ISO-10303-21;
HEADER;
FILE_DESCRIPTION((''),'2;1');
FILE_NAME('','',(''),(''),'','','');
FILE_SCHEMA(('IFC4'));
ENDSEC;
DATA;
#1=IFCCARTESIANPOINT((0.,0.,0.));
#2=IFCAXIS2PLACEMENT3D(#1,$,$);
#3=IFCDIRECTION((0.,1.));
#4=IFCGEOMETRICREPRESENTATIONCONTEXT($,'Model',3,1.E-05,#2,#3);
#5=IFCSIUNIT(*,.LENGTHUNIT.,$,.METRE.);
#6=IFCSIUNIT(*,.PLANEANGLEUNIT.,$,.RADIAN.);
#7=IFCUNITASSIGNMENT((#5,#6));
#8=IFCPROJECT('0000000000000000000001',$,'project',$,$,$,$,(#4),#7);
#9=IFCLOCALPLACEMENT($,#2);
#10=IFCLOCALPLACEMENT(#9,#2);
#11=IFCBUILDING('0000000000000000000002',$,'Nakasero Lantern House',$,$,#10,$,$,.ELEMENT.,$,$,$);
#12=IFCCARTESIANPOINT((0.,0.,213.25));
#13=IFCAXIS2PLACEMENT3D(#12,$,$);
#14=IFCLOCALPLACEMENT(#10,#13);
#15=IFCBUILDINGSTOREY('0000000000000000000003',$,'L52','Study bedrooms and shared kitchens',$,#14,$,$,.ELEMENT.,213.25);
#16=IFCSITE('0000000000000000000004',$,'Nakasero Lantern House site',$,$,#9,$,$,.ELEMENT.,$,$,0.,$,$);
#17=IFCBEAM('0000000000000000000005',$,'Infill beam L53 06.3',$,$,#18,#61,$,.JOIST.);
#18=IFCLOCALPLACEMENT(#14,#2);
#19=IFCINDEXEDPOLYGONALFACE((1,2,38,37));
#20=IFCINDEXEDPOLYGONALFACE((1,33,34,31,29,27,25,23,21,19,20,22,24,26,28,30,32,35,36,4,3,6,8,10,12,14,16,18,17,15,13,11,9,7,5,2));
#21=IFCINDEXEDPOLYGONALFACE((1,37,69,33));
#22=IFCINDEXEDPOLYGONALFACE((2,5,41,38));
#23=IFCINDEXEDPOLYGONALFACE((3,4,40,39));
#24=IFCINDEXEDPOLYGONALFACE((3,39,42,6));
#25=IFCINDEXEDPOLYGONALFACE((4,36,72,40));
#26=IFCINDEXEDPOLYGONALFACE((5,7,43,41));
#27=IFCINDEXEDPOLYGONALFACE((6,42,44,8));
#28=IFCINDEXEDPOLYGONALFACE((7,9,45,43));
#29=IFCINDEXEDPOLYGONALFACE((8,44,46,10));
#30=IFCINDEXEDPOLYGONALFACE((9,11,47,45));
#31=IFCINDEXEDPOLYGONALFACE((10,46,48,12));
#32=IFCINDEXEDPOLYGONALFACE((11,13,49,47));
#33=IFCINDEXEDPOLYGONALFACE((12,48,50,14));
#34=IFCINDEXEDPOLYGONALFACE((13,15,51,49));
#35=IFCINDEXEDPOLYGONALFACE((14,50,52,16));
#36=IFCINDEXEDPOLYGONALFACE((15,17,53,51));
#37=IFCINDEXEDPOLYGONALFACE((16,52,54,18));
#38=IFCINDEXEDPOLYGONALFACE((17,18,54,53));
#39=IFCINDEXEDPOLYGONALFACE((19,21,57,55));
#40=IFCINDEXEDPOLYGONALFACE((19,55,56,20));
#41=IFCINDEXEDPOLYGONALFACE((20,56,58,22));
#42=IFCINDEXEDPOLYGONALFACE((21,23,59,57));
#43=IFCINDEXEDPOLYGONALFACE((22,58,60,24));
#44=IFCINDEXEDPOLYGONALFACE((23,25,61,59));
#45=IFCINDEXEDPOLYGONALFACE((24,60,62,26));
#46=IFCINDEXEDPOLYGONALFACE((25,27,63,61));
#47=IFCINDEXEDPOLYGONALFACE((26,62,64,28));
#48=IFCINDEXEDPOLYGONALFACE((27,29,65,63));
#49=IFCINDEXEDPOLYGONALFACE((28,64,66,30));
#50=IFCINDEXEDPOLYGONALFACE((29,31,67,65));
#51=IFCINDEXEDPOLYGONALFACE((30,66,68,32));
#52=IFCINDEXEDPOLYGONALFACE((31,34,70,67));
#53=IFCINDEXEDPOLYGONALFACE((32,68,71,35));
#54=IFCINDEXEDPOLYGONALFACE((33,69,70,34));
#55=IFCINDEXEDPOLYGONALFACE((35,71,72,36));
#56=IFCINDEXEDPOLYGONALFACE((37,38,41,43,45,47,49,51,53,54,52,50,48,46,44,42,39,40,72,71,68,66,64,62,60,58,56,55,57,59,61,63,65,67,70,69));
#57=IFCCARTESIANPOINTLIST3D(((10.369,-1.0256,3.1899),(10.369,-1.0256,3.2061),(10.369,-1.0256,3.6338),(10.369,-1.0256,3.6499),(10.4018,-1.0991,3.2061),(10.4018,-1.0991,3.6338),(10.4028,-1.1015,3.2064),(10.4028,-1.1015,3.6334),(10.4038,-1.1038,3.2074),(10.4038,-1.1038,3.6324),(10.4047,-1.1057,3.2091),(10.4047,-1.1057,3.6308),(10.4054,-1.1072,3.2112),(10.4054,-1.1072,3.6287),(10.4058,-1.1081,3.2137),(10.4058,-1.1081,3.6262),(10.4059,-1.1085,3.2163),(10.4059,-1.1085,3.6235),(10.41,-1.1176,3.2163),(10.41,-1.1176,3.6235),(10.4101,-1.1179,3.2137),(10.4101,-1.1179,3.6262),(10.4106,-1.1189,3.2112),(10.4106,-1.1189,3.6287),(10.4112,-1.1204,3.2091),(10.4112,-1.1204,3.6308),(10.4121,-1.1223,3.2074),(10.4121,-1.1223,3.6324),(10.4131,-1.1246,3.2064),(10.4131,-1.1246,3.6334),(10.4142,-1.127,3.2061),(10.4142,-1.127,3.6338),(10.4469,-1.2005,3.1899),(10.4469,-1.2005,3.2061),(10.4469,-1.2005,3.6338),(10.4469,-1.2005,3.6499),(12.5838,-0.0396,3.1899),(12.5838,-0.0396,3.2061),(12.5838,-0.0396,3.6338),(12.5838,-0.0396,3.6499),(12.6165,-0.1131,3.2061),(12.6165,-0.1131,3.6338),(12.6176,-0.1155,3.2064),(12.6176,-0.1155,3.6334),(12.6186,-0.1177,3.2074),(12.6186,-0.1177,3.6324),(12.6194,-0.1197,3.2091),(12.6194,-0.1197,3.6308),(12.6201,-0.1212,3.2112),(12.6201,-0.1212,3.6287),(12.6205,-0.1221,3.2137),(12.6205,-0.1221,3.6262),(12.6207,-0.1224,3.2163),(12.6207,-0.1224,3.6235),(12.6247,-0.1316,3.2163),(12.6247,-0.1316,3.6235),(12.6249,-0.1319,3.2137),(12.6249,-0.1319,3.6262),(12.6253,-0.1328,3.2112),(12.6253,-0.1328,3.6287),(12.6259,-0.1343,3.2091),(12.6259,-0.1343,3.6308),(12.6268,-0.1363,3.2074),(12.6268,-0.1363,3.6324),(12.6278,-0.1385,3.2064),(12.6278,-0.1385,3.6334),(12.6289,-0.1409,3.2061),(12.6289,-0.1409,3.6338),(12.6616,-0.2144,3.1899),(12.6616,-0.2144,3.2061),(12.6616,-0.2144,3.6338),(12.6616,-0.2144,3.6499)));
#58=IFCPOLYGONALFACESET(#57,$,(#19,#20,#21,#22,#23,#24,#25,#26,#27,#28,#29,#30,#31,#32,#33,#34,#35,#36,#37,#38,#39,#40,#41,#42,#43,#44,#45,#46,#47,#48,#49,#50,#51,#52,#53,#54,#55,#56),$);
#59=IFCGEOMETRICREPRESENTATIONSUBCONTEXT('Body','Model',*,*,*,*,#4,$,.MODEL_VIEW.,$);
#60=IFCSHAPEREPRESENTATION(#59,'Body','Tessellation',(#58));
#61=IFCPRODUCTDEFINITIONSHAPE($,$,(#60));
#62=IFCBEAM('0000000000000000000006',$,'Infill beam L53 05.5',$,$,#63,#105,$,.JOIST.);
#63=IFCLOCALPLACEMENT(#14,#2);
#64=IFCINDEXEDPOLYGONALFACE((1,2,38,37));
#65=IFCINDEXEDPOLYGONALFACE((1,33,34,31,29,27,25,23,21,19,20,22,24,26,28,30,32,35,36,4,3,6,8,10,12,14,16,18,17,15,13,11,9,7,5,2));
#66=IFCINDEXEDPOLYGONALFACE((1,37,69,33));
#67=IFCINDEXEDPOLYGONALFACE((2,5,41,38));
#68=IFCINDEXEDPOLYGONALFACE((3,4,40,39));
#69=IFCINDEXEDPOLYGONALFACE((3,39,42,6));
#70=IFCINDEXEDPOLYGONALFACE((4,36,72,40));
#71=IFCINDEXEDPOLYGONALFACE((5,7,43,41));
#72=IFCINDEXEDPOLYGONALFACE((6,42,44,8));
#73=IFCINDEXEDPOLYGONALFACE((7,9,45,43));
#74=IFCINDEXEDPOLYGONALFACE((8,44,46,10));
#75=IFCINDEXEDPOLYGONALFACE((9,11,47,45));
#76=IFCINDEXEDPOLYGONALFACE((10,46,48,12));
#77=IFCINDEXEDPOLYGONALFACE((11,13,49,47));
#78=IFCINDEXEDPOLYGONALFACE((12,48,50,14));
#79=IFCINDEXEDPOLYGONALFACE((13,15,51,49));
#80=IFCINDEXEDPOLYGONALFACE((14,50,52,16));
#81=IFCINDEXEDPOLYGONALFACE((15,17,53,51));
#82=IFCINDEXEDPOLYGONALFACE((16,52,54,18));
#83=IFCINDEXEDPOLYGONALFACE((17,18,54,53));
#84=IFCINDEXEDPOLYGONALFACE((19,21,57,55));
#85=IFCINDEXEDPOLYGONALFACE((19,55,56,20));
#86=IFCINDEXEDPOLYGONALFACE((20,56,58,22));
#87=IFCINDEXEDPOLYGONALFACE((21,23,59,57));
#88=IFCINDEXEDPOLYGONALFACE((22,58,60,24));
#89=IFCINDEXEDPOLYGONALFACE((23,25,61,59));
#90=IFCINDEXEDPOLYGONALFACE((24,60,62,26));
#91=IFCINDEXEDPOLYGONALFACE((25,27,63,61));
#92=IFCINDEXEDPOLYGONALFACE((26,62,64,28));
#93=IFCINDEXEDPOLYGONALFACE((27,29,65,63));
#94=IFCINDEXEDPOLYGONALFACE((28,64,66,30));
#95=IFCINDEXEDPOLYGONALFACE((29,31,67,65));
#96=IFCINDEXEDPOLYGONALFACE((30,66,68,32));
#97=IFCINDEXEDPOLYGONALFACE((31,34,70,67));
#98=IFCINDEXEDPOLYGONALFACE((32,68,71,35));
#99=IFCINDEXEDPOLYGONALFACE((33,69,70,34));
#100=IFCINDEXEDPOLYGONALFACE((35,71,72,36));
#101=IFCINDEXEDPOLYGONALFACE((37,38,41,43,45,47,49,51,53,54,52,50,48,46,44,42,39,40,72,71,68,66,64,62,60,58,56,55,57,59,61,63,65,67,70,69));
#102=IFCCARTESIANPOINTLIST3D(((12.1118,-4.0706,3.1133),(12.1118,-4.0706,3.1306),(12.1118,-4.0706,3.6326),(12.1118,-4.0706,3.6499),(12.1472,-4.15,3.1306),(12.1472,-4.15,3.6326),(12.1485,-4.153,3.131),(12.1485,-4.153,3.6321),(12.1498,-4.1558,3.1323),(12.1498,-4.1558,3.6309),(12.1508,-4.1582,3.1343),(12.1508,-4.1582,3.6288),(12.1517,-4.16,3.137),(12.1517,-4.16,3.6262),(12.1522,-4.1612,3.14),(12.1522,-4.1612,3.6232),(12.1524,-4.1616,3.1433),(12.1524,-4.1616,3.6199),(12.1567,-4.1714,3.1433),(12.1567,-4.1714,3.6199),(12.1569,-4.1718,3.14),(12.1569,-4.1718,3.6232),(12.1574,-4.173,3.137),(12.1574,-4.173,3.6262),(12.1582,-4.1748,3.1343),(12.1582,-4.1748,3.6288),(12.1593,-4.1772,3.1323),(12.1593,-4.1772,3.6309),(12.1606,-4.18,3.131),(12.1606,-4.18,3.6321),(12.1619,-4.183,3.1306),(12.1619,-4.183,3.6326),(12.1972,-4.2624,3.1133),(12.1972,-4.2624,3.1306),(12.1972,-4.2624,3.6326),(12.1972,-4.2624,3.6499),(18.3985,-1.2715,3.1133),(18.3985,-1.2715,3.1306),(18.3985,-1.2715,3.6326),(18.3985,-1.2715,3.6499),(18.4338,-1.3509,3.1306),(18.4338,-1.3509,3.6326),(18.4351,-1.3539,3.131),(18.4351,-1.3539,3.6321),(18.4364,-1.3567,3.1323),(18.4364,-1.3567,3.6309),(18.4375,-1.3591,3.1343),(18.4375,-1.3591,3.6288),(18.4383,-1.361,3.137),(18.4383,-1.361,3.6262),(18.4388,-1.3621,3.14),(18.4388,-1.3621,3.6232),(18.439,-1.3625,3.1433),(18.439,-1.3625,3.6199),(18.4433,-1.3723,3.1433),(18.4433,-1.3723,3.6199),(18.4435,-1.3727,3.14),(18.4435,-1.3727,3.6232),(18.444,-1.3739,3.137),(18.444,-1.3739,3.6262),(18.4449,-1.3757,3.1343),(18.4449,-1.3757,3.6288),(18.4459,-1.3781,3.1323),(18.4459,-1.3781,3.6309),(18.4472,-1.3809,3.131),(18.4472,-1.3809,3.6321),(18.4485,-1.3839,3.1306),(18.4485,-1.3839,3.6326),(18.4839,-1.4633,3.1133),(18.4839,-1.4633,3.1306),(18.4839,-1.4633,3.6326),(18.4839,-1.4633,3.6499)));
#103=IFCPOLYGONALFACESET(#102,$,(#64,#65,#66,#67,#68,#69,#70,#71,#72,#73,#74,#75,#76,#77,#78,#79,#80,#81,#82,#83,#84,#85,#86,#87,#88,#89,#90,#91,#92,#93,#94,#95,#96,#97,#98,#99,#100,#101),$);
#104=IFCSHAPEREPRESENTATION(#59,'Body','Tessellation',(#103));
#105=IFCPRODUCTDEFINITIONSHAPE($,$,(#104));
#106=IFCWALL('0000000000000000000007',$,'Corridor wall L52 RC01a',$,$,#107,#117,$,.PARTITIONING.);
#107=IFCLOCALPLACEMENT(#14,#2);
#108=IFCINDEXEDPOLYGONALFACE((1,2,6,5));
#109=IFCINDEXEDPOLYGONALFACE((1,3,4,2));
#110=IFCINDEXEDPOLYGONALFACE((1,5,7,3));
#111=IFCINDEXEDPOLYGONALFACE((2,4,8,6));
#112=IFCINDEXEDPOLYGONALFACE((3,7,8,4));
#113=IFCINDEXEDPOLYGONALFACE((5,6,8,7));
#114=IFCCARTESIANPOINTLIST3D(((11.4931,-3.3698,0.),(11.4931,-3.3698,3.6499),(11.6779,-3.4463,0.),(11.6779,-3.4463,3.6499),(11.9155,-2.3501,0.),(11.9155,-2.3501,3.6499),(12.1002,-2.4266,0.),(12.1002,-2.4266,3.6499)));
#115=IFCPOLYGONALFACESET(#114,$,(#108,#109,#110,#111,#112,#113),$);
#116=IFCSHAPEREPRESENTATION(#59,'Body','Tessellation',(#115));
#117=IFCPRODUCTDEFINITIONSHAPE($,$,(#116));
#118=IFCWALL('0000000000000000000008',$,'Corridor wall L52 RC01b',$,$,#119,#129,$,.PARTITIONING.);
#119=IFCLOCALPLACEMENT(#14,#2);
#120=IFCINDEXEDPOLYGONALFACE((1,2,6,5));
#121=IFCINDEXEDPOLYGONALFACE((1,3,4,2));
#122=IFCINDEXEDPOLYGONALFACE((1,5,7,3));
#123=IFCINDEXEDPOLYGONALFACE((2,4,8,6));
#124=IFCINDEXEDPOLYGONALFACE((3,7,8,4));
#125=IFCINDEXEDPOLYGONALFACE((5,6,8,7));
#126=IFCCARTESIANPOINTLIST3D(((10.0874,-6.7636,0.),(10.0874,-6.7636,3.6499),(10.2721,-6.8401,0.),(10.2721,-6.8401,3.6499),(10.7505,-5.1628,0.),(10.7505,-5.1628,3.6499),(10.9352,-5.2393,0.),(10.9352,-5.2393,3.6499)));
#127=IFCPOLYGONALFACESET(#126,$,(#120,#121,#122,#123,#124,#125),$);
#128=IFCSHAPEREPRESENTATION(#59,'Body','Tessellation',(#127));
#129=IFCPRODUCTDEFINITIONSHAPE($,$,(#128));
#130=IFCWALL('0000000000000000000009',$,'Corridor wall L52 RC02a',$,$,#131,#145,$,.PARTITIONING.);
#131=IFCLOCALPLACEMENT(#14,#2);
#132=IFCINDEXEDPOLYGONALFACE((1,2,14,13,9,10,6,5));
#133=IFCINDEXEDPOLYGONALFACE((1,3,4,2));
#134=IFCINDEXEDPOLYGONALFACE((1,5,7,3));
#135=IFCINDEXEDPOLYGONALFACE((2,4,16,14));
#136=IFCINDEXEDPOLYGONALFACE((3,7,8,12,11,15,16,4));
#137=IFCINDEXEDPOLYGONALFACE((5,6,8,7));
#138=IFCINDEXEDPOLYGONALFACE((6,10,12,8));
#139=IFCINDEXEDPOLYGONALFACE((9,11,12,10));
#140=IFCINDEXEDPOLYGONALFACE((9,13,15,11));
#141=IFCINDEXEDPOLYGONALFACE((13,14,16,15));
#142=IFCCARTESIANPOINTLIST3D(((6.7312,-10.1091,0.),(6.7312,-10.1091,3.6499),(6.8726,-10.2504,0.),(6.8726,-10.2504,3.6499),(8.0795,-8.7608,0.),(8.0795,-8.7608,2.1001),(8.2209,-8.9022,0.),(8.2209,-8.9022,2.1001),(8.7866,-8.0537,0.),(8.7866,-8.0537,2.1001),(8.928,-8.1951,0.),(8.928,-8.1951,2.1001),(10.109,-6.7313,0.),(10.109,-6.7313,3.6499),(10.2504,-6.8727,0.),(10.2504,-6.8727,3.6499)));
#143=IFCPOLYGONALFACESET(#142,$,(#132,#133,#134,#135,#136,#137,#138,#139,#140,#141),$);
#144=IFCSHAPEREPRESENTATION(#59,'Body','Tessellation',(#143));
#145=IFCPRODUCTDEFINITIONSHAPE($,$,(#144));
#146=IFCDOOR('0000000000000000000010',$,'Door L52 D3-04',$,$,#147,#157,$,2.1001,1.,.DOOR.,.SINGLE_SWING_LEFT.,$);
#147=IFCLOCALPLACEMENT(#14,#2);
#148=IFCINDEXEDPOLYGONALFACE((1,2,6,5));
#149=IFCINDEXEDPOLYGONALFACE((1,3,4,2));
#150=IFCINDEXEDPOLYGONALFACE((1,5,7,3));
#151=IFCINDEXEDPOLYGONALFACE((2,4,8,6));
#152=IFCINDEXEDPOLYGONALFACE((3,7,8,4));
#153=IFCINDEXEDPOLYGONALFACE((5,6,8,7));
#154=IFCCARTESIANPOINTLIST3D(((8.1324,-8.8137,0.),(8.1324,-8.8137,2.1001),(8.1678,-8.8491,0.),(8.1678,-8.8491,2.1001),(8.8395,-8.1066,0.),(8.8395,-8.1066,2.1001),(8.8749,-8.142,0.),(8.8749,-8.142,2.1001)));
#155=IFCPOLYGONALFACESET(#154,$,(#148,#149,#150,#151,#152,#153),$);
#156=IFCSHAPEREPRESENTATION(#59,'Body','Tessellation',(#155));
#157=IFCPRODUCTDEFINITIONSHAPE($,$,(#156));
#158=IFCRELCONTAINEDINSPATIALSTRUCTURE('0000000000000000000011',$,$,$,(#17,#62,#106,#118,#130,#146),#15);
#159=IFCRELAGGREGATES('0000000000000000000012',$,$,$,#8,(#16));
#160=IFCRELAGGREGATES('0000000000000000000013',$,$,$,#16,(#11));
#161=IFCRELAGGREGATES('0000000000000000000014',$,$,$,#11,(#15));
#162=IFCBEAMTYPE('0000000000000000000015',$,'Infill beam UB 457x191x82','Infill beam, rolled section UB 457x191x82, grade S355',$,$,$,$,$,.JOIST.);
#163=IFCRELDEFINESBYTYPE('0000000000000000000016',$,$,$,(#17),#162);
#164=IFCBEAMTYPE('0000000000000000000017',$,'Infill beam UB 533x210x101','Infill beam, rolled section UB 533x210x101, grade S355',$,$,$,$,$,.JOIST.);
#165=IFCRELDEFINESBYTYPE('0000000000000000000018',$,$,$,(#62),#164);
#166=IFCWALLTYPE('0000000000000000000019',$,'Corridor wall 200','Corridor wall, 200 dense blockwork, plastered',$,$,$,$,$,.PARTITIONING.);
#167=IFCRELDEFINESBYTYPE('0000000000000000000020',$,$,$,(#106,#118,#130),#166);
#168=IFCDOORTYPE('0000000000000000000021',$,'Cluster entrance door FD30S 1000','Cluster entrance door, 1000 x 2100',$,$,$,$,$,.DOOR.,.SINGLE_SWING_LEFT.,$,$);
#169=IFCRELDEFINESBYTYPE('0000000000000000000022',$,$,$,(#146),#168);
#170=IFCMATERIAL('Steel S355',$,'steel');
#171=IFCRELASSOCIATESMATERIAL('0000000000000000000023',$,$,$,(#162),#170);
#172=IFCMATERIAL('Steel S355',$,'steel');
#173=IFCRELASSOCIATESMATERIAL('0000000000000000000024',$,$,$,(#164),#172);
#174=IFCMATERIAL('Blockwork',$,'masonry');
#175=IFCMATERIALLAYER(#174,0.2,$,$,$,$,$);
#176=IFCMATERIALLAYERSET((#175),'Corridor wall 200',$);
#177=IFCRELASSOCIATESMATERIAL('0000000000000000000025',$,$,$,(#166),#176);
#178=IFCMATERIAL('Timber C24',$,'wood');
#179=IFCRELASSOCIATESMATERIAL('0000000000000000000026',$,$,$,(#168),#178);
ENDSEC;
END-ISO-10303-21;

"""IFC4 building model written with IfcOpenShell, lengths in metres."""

from ifc_helpers import new_model, si_unit, direction, frame, frame_2d, origin, origin_2d, place, context, subcontext, project, spatial, rectangle, i_section, extrude, material, layer, layer_set, material_profile, profile_set, type_object, element, fill, save


model = new_model("IFC4")

# Units and contexts
model_context = context("Model", 3, precision=1e-05, world=origin(), true_north=direction((0.0, 1.0)))
body_context = subcontext(model_context, "Body", "Model", "MODEL_VIEW")
ifc_project = project(units=[si_unit("LENGTHUNIT", "METRE"), si_unit("PLANEANGLEUNIT", "RADIAN")], contexts=[model_context])

# Site, building, storey
site_placement = place(None, origin())
site = spatial("IfcSite", under=ifc_project, at=site_placement, Name="Nakasero Lantern House site", CompositionType="ELEMENT", RefElevation=0.0)
building_placement = place(site_placement, origin())
building = spatial("IfcBuilding", under=site, at=building_placement, Name="Nakasero Lantern House", CompositionType="ELEMENT")
storey_placement = place(building_placement, frame((0.0, 0.0, 213.25)))
storey = spatial("IfcBuildingStorey", under=building, at=storey_placement, Name="L52", Description="Study bedrooms and shared kitchens", CompositionType="ELEMENT", Elevation=213.25)

# Beams
ifc_material_1 = material(Name="Steel S355", Category="steel")
ifc_material_profile_1 = material_profile(ifc_material_1, i_section(OverallWidth=0.1914, OverallDepth=0.46, WebThickness=0.01, FlangeThickness=0.0161, FilletRadius=0.0103, at=origin_2d()), Name="UB 457x191x82")
ifc_profile_set_1 = profile_set([ifc_material_profile_1], Name="Steel S355")
beam_type_1 = type_object("IfcBeamType", Name="Infill beam UB 457x191x82", Description="Infill beam, rolled section UB 457x191x82, grade S355", PredefinedType="JOIST", material=ifc_profile_set_1)
beam_1_placement = place(storey_placement, frame((10.408, -1.113, 3.4199), z_axis=(0.91355, 0.406727, 0.0), x_axis=(-0.406727, 0.91355, 0.0)))
element("IfcBeam", 1, at=beam_1_placement, inside=storey, type_object=beam_type_1, Name="Infill beam L53 06.3", PredefinedType="JOIST", context=body_context, shape_type="SweptSolid", body=[
    extrude(i_section(OverallWidth=0.1914, OverallDepth=0.46, WebThickness=0.01, FlangeThickness=0.0161, FilletRadius=0.0103, at=origin_2d()), origin(), (0.0, 0.0, 1.0), 2.4243),
])
ifc_material_2 = material(Name="Steel S355", Category="steel")
ifc_material_profile_2 = material_profile(ifc_material_2, i_section(OverallWidth=0.21, OverallDepth=0.5366, WebThickness=0.0107, FlangeThickness=0.0173, FilletRadius=0.0127, at=origin_2d()), Name="UB 533x210x101")
ifc_profile_set_2 = profile_set([ifc_material_profile_2], Name="Steel S355")
beam_type_2 = type_object("IfcBeamType", Name="Infill beam UB 533x210x101", Description="Infill beam, rolled section UB 533x210x101, grade S355", PredefinedType="JOIST", material=ifc_profile_set_2)
beam_2_placement = place(storey_placement, frame((12.1545, -4.1665, 3.3816), z_axis=(0.913541, 0.406747, 0.0), x_axis=(-0.406747, 0.913541, 0.0)))
element("IfcBeam", 2, at=beam_2_placement, inside=storey, type_object=beam_type_2, Name="Infill beam L53 05.5", PredefinedType="JOIST", context=body_context, shape_type="SweptSolid", body=[
    extrude(i_section(OverallWidth=0.21, OverallDepth=0.5366, WebThickness=0.0107, FlangeThickness=0.0173, FilletRadius=0.0127, at=origin_2d()), origin(), (0.0, 0.0, 1.0), 6.8816),
])

# Walls
ifc_material_3 = material(Name="Blockwork", Category="masonry")
ifc_layer_1 = layer(ifc_material_3, 0.2)
ifc_layer_set_1 = layer_set([ifc_layer_1], Name="Corridor wall 200")
wall_type_1 = type_object("IfcWallType", Name="Corridor wall 200", Description="Corridor wall, 200 dense blockwork, plastered", PredefinedType="PARTITIONING", material=ifc_layer_set_1)
wall_1_placement = place(storey_placement, frame((12.0078, -2.3884, 0.0), z_axis=(0.0, 0.0, 1.0), x_axis=(-0.382651, -0.923893, 0.0)))
element("IfcWall", 3, at=wall_1_placement, inside=storey, type_object=wall_type_1, Name="Corridor wall L52 RC01a", PredefinedType="PARTITIONING", context=body_context, shape_type="SweptSolid", body=[
    extrude(rectangle(XDim=1.1038, YDim=0.2, at=frame_2d((0.5518, 0.0))), origin(), (0.0, 0.0, 1.0), 3.6499),
])
wall_2_placement = place(storey_placement, frame((10.8428, -5.2012, 0.0), z_axis=(0.0, 0.0, 1.0), x_axis=(-0.382684, -0.923879, 0.0)))
element("IfcWall", 4, at=wall_2_placement, inside=storey, type_object=wall_type_1, Name="Corridor wall L52 RC01b", PredefinedType="PARTITIONING", context=body_context, shape_type="SweptSolid", body=[
    extrude(rectangle(XDim=1.7327, YDim=0.2, at=frame_2d((0.8662, 0.0))), origin(), (0.0, 0.0, 1.0), 3.6499),
])

# Wall, opening, door
wall_3_placement = place(storey_placement, frame((10.1797, -6.802, 0.0), z_axis=(0.0, 0.0, 1.0), x_axis=(-0.707107, -0.707107, 0.0)))
wall_3 = element("IfcWall", 5, at=wall_3_placement, inside=storey, type_object=wall_type_1, Name="Corridor wall L52 RC02a", PredefinedType="PARTITIONING", context=body_context, shape_type="SweptSolid", body=[
    extrude(rectangle(XDim=4.7769, YDim=0.2, at=frame_2d((2.3884, 0.0))), origin(), (0.0, 0.0, 1.0), 3.6499),
])
opening_1_placement = place(wall_3_placement, frame((1.8701, 0.0, 0.0)))
opening_1 = element("IfcOpeningElement", 6, at=opening_1_placement, cuts=wall_3, PredefinedType="OPENING", context=body_context, shape_type="SweptSolid", body=[
    extrude(rectangle(XDim=1.0, YDim=2.1001, at=frame_2d((0.5, 1.05))), frame((0.0, 0.1199, 0.0), z_axis=(0.0, -1.0, 0.0), x_axis=(1.0, 0.0, 0.0)), (0.0, 0.0, 1.0), 0.24),
])
ifc_material_4 = material(Name="Timber C24", Category="wood")
door_type_1 = type_object("IfcDoorType", Name="Cluster entrance door FD30S 1000", Description="Cluster entrance door, 1000 x 2100", OperationType="SINGLE_SWING_LEFT", PredefinedType="DOOR", material=ifc_material_4)
door_1_placement = place(opening_1_placement, origin())
door_1 = element("IfcDoor", 7, at=door_1_placement, inside=storey, type_object=door_type_1, Name="Door L52 D3-04", OperationType="SINGLE_SWING_LEFT", OverallHeight=2.1001, OverallWidth=1.0, PredefinedType="DOOR", context=body_context, shape_type="SweptSolid", body=[
    extrude(rectangle(XDim=1.0, YDim=2.1001, at=frame_2d((0.5, 1.05))), frame((0.0, 0.0249, 0.0), z_axis=(0.0, -1.0, 0.0), x_axis=(1.0, 0.0, 0.0)), (0.0, 0.0, 1.0), 0.05),
])
fill(opening_1, door_1)

save(model, "model.ifc")
